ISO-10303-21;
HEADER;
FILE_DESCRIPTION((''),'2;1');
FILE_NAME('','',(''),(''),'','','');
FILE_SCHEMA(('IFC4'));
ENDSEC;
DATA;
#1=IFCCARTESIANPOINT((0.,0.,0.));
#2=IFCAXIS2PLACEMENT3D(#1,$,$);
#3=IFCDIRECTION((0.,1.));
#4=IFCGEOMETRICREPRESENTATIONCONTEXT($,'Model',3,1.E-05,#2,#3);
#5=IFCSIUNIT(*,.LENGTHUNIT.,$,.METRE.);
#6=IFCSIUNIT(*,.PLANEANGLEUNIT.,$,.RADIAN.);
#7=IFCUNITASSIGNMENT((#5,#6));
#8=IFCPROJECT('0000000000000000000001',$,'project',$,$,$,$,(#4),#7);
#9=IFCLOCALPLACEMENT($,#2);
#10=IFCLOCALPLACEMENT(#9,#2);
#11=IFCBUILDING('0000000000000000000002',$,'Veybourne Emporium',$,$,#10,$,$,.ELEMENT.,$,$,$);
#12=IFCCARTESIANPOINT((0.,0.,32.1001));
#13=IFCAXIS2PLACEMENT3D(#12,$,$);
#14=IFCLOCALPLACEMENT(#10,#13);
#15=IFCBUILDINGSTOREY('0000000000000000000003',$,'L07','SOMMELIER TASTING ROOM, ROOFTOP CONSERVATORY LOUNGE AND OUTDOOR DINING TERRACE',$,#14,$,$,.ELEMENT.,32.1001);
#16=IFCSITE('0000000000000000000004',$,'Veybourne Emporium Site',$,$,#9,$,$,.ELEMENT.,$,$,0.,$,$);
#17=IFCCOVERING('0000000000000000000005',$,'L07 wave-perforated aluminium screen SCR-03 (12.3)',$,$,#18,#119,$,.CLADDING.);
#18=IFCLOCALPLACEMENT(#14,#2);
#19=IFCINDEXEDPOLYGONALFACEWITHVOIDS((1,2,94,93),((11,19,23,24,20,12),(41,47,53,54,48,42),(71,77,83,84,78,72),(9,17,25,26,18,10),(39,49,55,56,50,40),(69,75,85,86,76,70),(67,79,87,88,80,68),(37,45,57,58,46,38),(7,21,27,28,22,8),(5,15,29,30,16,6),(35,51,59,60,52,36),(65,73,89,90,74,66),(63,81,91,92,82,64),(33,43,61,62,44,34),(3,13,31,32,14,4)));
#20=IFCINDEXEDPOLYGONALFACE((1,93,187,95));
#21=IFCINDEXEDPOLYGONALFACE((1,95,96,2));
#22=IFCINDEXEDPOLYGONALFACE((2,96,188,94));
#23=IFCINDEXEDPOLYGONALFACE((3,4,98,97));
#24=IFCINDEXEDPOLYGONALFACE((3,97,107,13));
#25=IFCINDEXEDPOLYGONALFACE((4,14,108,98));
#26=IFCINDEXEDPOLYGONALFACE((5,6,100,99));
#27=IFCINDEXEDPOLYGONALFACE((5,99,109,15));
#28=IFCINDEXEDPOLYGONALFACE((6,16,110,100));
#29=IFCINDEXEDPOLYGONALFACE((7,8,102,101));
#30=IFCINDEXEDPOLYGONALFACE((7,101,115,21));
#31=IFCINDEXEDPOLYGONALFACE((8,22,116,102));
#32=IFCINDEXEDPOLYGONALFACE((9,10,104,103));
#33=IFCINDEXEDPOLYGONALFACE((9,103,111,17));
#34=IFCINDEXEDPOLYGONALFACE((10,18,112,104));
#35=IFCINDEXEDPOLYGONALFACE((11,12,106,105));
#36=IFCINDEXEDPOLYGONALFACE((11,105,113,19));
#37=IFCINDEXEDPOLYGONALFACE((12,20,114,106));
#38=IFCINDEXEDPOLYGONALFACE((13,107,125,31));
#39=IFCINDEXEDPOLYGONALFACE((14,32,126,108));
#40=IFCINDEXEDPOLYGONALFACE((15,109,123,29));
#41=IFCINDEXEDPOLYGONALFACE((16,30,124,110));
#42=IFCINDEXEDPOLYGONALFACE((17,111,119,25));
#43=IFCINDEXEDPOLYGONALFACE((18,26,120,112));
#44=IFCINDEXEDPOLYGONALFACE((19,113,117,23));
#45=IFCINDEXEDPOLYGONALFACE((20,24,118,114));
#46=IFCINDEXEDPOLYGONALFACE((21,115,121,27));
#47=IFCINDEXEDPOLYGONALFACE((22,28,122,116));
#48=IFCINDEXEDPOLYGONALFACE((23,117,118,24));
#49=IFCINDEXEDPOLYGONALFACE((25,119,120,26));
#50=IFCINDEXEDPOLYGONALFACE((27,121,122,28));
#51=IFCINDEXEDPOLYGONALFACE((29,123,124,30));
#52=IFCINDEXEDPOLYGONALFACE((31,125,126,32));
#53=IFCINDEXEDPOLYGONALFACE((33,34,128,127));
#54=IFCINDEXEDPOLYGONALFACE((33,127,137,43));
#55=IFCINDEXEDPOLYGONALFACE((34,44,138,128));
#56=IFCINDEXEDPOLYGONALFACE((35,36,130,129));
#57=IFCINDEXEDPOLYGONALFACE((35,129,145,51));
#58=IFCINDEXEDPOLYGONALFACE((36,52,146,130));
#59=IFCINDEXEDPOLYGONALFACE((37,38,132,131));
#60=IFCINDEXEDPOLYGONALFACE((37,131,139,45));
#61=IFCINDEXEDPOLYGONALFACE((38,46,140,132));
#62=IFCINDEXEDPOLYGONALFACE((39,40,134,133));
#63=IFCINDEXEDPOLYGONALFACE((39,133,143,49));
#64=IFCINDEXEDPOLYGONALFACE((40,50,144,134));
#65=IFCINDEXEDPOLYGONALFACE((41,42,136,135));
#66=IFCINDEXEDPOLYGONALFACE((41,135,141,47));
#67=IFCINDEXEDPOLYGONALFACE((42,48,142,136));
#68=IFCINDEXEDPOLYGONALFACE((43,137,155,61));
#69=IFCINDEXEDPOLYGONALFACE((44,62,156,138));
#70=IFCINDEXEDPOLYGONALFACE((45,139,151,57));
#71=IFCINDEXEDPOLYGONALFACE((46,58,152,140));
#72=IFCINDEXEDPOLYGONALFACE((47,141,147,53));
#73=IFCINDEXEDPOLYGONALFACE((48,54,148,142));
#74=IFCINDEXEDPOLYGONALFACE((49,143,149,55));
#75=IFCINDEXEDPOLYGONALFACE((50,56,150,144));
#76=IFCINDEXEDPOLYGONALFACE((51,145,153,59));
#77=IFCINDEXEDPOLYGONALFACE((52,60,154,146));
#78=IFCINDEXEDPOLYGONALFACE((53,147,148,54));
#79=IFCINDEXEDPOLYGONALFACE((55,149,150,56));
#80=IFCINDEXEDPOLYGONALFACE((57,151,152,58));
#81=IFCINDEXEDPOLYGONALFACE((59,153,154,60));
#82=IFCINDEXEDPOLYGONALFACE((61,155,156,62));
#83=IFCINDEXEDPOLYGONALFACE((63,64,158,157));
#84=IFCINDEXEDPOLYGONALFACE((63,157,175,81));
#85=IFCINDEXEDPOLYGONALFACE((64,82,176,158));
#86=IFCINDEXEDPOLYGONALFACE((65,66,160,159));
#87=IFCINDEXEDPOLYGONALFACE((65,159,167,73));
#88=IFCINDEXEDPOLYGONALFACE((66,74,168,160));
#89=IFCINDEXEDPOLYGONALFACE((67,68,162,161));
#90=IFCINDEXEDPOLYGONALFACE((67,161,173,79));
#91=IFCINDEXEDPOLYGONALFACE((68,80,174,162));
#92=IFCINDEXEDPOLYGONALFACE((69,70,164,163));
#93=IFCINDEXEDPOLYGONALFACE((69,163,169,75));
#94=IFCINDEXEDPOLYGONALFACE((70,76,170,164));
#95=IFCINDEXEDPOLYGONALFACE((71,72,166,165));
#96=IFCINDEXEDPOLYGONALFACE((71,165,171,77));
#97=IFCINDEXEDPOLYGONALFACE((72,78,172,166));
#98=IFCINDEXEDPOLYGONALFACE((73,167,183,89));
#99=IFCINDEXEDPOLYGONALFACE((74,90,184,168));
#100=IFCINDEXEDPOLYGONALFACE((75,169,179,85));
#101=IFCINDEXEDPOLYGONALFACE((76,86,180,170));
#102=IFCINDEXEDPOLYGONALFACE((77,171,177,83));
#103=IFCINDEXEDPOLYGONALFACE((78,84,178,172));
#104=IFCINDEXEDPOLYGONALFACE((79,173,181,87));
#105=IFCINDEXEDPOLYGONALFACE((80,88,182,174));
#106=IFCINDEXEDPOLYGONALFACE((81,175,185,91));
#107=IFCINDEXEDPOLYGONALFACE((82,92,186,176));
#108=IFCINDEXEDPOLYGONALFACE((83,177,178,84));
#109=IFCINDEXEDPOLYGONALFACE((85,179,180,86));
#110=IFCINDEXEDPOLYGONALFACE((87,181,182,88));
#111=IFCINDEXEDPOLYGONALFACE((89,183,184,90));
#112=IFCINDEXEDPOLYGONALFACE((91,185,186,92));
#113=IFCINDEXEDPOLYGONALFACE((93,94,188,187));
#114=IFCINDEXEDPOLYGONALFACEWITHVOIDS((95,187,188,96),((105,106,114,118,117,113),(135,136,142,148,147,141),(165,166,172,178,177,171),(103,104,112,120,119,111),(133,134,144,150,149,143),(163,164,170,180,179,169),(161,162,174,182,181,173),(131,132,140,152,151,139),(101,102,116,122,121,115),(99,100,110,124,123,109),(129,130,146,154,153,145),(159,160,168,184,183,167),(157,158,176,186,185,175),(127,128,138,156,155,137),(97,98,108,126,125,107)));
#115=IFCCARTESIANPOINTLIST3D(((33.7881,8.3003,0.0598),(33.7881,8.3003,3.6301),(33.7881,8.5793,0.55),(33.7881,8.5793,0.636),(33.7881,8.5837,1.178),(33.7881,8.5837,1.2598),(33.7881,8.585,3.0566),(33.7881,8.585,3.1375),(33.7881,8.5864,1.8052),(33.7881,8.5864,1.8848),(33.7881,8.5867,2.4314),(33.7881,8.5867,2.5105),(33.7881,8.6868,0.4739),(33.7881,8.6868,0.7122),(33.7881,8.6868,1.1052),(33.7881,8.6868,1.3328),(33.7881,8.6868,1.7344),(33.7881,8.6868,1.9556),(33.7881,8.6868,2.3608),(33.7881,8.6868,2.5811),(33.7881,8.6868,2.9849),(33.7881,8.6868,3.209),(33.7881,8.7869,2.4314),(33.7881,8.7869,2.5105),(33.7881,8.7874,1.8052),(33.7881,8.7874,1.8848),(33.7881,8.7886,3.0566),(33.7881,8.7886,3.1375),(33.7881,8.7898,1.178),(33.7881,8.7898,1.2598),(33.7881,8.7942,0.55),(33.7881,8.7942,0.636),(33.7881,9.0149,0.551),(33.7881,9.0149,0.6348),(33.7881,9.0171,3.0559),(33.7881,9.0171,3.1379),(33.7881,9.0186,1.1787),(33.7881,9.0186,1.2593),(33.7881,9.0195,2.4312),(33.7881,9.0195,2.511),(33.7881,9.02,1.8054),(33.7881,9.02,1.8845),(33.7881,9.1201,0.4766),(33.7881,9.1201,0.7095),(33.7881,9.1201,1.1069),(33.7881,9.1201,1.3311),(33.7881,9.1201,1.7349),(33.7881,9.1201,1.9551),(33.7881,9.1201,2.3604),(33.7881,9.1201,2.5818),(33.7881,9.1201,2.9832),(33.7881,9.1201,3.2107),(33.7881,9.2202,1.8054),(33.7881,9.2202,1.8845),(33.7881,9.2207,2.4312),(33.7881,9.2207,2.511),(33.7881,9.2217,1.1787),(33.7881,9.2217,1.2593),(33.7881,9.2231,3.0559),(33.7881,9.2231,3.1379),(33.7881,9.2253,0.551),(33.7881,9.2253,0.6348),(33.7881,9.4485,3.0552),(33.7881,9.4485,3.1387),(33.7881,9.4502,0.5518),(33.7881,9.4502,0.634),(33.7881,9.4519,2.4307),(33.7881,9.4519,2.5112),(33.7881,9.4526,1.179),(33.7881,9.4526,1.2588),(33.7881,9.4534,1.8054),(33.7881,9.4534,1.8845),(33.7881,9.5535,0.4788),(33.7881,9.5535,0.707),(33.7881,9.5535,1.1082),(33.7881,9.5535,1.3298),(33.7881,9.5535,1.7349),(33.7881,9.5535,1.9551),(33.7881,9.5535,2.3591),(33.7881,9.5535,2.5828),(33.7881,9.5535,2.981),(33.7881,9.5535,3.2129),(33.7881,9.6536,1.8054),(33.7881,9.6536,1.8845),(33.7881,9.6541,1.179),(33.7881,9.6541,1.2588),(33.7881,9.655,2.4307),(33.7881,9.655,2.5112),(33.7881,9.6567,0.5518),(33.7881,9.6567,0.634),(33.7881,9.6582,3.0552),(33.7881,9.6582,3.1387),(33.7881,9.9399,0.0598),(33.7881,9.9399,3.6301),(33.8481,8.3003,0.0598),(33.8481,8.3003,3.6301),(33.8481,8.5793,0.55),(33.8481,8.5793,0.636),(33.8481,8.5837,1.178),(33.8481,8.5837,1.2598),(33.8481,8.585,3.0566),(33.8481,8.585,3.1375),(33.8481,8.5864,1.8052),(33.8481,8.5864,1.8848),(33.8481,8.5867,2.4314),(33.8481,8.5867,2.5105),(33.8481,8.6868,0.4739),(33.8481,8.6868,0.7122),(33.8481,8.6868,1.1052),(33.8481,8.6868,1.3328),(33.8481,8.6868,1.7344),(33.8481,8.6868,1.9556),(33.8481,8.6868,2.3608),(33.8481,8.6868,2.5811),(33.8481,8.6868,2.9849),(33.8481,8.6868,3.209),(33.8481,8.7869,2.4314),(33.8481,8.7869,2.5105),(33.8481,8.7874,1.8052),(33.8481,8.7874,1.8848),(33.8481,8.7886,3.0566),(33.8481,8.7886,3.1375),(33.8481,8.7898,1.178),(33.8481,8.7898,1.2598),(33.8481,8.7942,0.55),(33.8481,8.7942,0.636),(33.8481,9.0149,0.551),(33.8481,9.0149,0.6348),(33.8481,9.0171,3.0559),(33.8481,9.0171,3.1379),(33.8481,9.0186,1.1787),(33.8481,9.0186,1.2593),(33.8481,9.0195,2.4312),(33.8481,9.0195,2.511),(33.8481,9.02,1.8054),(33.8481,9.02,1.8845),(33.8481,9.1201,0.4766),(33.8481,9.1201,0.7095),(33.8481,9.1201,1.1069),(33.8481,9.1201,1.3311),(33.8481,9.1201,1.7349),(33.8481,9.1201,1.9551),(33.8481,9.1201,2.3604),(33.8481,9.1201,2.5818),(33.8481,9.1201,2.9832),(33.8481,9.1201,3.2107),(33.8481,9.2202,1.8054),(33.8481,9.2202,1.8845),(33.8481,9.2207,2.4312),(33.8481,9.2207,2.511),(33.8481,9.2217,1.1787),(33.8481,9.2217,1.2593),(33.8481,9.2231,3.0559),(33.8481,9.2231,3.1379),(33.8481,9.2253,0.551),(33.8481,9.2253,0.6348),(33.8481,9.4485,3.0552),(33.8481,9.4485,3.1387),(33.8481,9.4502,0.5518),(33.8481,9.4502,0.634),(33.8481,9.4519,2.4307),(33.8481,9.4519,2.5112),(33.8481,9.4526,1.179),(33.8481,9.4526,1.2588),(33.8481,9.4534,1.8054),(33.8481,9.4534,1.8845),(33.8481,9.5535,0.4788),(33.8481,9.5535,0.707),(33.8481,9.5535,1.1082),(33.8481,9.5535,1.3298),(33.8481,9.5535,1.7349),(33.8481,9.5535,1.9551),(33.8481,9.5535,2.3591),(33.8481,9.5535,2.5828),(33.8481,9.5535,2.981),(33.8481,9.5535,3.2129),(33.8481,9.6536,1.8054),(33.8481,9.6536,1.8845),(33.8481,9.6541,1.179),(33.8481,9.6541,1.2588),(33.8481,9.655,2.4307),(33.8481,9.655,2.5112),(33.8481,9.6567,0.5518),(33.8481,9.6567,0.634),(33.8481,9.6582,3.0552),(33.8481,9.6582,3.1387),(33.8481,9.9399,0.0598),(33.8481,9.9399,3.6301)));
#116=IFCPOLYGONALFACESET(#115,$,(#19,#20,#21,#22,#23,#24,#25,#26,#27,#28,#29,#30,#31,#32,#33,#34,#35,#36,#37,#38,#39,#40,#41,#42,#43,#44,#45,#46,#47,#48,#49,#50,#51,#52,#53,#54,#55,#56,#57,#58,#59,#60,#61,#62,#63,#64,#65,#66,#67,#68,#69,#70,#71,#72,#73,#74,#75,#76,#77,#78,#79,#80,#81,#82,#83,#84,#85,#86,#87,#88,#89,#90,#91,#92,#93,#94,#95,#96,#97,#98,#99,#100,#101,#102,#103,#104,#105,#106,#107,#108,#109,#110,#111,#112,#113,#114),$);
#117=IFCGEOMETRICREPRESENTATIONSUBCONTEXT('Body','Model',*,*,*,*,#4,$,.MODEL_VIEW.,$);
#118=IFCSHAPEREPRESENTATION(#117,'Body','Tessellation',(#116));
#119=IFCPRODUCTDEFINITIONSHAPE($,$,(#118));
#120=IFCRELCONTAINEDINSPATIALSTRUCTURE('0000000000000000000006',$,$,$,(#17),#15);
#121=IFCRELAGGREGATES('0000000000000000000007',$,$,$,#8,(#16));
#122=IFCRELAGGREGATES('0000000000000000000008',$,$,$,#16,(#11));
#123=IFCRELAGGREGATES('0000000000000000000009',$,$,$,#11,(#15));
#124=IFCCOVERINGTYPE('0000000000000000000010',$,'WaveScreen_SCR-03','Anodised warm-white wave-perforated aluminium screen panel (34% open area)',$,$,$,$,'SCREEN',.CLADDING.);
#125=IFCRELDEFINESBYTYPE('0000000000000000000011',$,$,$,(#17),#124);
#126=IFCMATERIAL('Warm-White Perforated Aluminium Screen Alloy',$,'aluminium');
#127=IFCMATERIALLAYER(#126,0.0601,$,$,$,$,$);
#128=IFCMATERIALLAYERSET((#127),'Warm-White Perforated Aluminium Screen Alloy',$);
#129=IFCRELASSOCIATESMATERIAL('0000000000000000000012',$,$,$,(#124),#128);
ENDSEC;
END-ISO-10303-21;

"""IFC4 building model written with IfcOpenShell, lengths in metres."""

from ifc_helpers import new_model, si_unit, direction, frame, origin, place, context, subcontext, project, spatial, polyline, outline, extrude, material, layer, layer_set, type_object, element, save


model = new_model("IFC4")

# Units and contexts
model_context = context("Model", 3, precision=1e-05, world=origin(), true_north=direction((0.0, 1.0)))
body_context = subcontext(model_context, "Body", "Model", "MODEL_VIEW")
ifc_project = project(units=[si_unit("LENGTHUNIT", "METRE"), si_unit("PLANEANGLEUNIT", "RADIAN")], contexts=[model_context])

# Site, building, storey
site_placement = place(None, origin())
site = spatial("IfcSite", under=ifc_project, at=site_placement, Name="Veybourne Emporium Site", CompositionType="ELEMENT", RefElevation=0.0)
building_placement = place(site_placement, origin())
building = spatial("IfcBuilding", under=site, at=building_placement, Name="Veybourne Emporium", CompositionType="ELEMENT")
storey_placement = place(building_placement, frame((0.0, 0.0, 32.1001)))
storey = spatial("IfcBuildingStorey", under=building, at=storey_placement, Name="L07", Description="SOMMELIER TASTING ROOM, ROOFTOP CONSERVATORY LOUNGE AND OUTDOOR DINING TERRACE", CompositionType="ELEMENT", Elevation=32.1001)

# Covering
ifc_material_1 = material(Name="Warm-White Perforated Aluminium Screen Alloy", Category="aluminium")
ifc_layer_1 = layer(ifc_material_1, 0.0601)
ifc_layer_set_1 = layer_set([ifc_layer_1], Name="Warm-White Perforated Aluminium Screen Alloy")
covering_type_1 = type_object("IfcCoveringType", Name="WaveScreen_SCR-03", Description="Anodised warm-white wave-perforated aluminium screen panel (34% open area)", ElementType="SCREEN", PredefinedType="CLADDING", material=ifc_layer_set_1)
covering_1_placement = place(storey_placement, frame((33.8481, 9.1201, 1.845), z_axis=(-1.0, 0.0, 0.0), x_axis=(0.0, -1.0, 0.0)))
element("IfcCovering", 1, at=covering_1_placement, inside=storey, type_object=covering_type_1, Name="L07 wave-perforated aluminium screen SCR-03 (12.3)", PredefinedType="CLADDING", context=body_context, shape_type="SweptSolid", body=[
    extrude(outline(polyline([(-0.8198, -1.7852), (0.8198, -1.7852), (0.8198, 1.7852), (-0.8198, 1.7852), (-0.8198, -1.7852)]), holes=[polyline([(-0.4333, -1.1379), (-0.3301, -1.2109), (-0.3301, -1.2932), (-0.4333, -1.3662), (-0.5366, -1.2932), (-0.5366, -1.2109), (-0.4333, -1.1379)]), polyline([(-0.4333, -0.5151), (-0.3325, -0.5862), (-0.3325, -0.666), (-0.4333, -0.7368), (-0.5339, -0.666), (-0.5339, -0.5862), (-0.4333, -0.5151)]), polyline([(-0.4333, 0.1101), (-0.3333, 0.0396), (-0.3333, -0.0396), (-0.4333, -0.1101), (-0.5334, -0.0396), (-0.5334, 0.0396), (-0.4333, 0.1101)]), polyline([(-0.4333, 0.7378), (-0.3318, 0.6663), (-0.3318, 0.5857), (-0.4333, 0.5142), (-0.5349, 0.5857), (-0.5349, 0.6663), (-0.4333, 0.7378)]), polyline([(-0.4333, 1.3679), (-0.3284, 1.2937), (-0.3284, 1.2102), (-0.4333, 1.136), (-0.5381, 1.2102), (-0.5381, 1.2937), (-0.4333, 1.3679)]), polyline([(0.0, -1.1355), (0.1052, -1.2102), (0.1052, -1.2939), (0.0, -1.3684), (-0.1052, -1.2939), (-0.1052, -1.2102), (0.0, -1.1355)]), polyline([(0.0, -0.5139), (0.1016, -0.5857), (0.1016, -0.6663), (0.0, -0.738), (-0.1016, -0.6663), (-0.1016, -0.5857), (0.0, -0.5139)]), polyline([(0.0, 0.1101), (0.1001, 0.0396), (0.1001, -0.0396), (0.0, -0.1101), (-0.1001, -0.0396), (-0.1001, 0.0396), (0.0, 0.1101)]), polyline([(0.0, 0.7368), (0.1006, 0.666), (0.1006, 0.5862), (0.0, 0.5154), (-0.1006, 0.5862), (-0.1006, 0.666), (0.0, 0.7368)]), polyline([(0.0, 1.3657), (0.103, 1.293), (0.103, 1.2109), (0.0, 1.1382), (-0.103, 1.2109), (-0.103, 1.293), (0.0, 1.3657)]), polyline([(0.4333, -1.1328), (0.5408, -1.209), (0.5408, -1.2949), (0.4333, -1.3711), (0.3259, -1.2949), (0.3259, -1.209), (0.4333, -1.1328)]), polyline([(0.4333, -0.5122), (0.5364, -0.5852), (0.5364, -0.667), (0.4333, -0.7397), (0.3303, -0.667), (0.3303, -0.5852), (0.4333, -0.5122)]), polyline([(0.4333, 0.1106), (0.5337, 0.0398), (0.5337, -0.0398), (0.4333, -0.1106), (0.3328, -0.0398), (0.3328, 0.0398), (0.4333, 0.1106)]), polyline([(0.4333, 0.7361), (0.5334, 0.6655), (0.5334, 0.5864), (0.4333, 0.5159), (0.3333, 0.5864), (0.3333, 0.6655), (0.4333, 0.7361)]), polyline([(0.4333, 1.364), (0.5352, 1.2925), (0.5352, 1.2117), (0.4333, 1.1399), (0.3315, 1.2117), (0.3315, 1.2925), (0.4333, 1.364)])]), origin(), (0.0, 0.0, 1.0), 0.0601),
])

save(model, "model.ifc")
